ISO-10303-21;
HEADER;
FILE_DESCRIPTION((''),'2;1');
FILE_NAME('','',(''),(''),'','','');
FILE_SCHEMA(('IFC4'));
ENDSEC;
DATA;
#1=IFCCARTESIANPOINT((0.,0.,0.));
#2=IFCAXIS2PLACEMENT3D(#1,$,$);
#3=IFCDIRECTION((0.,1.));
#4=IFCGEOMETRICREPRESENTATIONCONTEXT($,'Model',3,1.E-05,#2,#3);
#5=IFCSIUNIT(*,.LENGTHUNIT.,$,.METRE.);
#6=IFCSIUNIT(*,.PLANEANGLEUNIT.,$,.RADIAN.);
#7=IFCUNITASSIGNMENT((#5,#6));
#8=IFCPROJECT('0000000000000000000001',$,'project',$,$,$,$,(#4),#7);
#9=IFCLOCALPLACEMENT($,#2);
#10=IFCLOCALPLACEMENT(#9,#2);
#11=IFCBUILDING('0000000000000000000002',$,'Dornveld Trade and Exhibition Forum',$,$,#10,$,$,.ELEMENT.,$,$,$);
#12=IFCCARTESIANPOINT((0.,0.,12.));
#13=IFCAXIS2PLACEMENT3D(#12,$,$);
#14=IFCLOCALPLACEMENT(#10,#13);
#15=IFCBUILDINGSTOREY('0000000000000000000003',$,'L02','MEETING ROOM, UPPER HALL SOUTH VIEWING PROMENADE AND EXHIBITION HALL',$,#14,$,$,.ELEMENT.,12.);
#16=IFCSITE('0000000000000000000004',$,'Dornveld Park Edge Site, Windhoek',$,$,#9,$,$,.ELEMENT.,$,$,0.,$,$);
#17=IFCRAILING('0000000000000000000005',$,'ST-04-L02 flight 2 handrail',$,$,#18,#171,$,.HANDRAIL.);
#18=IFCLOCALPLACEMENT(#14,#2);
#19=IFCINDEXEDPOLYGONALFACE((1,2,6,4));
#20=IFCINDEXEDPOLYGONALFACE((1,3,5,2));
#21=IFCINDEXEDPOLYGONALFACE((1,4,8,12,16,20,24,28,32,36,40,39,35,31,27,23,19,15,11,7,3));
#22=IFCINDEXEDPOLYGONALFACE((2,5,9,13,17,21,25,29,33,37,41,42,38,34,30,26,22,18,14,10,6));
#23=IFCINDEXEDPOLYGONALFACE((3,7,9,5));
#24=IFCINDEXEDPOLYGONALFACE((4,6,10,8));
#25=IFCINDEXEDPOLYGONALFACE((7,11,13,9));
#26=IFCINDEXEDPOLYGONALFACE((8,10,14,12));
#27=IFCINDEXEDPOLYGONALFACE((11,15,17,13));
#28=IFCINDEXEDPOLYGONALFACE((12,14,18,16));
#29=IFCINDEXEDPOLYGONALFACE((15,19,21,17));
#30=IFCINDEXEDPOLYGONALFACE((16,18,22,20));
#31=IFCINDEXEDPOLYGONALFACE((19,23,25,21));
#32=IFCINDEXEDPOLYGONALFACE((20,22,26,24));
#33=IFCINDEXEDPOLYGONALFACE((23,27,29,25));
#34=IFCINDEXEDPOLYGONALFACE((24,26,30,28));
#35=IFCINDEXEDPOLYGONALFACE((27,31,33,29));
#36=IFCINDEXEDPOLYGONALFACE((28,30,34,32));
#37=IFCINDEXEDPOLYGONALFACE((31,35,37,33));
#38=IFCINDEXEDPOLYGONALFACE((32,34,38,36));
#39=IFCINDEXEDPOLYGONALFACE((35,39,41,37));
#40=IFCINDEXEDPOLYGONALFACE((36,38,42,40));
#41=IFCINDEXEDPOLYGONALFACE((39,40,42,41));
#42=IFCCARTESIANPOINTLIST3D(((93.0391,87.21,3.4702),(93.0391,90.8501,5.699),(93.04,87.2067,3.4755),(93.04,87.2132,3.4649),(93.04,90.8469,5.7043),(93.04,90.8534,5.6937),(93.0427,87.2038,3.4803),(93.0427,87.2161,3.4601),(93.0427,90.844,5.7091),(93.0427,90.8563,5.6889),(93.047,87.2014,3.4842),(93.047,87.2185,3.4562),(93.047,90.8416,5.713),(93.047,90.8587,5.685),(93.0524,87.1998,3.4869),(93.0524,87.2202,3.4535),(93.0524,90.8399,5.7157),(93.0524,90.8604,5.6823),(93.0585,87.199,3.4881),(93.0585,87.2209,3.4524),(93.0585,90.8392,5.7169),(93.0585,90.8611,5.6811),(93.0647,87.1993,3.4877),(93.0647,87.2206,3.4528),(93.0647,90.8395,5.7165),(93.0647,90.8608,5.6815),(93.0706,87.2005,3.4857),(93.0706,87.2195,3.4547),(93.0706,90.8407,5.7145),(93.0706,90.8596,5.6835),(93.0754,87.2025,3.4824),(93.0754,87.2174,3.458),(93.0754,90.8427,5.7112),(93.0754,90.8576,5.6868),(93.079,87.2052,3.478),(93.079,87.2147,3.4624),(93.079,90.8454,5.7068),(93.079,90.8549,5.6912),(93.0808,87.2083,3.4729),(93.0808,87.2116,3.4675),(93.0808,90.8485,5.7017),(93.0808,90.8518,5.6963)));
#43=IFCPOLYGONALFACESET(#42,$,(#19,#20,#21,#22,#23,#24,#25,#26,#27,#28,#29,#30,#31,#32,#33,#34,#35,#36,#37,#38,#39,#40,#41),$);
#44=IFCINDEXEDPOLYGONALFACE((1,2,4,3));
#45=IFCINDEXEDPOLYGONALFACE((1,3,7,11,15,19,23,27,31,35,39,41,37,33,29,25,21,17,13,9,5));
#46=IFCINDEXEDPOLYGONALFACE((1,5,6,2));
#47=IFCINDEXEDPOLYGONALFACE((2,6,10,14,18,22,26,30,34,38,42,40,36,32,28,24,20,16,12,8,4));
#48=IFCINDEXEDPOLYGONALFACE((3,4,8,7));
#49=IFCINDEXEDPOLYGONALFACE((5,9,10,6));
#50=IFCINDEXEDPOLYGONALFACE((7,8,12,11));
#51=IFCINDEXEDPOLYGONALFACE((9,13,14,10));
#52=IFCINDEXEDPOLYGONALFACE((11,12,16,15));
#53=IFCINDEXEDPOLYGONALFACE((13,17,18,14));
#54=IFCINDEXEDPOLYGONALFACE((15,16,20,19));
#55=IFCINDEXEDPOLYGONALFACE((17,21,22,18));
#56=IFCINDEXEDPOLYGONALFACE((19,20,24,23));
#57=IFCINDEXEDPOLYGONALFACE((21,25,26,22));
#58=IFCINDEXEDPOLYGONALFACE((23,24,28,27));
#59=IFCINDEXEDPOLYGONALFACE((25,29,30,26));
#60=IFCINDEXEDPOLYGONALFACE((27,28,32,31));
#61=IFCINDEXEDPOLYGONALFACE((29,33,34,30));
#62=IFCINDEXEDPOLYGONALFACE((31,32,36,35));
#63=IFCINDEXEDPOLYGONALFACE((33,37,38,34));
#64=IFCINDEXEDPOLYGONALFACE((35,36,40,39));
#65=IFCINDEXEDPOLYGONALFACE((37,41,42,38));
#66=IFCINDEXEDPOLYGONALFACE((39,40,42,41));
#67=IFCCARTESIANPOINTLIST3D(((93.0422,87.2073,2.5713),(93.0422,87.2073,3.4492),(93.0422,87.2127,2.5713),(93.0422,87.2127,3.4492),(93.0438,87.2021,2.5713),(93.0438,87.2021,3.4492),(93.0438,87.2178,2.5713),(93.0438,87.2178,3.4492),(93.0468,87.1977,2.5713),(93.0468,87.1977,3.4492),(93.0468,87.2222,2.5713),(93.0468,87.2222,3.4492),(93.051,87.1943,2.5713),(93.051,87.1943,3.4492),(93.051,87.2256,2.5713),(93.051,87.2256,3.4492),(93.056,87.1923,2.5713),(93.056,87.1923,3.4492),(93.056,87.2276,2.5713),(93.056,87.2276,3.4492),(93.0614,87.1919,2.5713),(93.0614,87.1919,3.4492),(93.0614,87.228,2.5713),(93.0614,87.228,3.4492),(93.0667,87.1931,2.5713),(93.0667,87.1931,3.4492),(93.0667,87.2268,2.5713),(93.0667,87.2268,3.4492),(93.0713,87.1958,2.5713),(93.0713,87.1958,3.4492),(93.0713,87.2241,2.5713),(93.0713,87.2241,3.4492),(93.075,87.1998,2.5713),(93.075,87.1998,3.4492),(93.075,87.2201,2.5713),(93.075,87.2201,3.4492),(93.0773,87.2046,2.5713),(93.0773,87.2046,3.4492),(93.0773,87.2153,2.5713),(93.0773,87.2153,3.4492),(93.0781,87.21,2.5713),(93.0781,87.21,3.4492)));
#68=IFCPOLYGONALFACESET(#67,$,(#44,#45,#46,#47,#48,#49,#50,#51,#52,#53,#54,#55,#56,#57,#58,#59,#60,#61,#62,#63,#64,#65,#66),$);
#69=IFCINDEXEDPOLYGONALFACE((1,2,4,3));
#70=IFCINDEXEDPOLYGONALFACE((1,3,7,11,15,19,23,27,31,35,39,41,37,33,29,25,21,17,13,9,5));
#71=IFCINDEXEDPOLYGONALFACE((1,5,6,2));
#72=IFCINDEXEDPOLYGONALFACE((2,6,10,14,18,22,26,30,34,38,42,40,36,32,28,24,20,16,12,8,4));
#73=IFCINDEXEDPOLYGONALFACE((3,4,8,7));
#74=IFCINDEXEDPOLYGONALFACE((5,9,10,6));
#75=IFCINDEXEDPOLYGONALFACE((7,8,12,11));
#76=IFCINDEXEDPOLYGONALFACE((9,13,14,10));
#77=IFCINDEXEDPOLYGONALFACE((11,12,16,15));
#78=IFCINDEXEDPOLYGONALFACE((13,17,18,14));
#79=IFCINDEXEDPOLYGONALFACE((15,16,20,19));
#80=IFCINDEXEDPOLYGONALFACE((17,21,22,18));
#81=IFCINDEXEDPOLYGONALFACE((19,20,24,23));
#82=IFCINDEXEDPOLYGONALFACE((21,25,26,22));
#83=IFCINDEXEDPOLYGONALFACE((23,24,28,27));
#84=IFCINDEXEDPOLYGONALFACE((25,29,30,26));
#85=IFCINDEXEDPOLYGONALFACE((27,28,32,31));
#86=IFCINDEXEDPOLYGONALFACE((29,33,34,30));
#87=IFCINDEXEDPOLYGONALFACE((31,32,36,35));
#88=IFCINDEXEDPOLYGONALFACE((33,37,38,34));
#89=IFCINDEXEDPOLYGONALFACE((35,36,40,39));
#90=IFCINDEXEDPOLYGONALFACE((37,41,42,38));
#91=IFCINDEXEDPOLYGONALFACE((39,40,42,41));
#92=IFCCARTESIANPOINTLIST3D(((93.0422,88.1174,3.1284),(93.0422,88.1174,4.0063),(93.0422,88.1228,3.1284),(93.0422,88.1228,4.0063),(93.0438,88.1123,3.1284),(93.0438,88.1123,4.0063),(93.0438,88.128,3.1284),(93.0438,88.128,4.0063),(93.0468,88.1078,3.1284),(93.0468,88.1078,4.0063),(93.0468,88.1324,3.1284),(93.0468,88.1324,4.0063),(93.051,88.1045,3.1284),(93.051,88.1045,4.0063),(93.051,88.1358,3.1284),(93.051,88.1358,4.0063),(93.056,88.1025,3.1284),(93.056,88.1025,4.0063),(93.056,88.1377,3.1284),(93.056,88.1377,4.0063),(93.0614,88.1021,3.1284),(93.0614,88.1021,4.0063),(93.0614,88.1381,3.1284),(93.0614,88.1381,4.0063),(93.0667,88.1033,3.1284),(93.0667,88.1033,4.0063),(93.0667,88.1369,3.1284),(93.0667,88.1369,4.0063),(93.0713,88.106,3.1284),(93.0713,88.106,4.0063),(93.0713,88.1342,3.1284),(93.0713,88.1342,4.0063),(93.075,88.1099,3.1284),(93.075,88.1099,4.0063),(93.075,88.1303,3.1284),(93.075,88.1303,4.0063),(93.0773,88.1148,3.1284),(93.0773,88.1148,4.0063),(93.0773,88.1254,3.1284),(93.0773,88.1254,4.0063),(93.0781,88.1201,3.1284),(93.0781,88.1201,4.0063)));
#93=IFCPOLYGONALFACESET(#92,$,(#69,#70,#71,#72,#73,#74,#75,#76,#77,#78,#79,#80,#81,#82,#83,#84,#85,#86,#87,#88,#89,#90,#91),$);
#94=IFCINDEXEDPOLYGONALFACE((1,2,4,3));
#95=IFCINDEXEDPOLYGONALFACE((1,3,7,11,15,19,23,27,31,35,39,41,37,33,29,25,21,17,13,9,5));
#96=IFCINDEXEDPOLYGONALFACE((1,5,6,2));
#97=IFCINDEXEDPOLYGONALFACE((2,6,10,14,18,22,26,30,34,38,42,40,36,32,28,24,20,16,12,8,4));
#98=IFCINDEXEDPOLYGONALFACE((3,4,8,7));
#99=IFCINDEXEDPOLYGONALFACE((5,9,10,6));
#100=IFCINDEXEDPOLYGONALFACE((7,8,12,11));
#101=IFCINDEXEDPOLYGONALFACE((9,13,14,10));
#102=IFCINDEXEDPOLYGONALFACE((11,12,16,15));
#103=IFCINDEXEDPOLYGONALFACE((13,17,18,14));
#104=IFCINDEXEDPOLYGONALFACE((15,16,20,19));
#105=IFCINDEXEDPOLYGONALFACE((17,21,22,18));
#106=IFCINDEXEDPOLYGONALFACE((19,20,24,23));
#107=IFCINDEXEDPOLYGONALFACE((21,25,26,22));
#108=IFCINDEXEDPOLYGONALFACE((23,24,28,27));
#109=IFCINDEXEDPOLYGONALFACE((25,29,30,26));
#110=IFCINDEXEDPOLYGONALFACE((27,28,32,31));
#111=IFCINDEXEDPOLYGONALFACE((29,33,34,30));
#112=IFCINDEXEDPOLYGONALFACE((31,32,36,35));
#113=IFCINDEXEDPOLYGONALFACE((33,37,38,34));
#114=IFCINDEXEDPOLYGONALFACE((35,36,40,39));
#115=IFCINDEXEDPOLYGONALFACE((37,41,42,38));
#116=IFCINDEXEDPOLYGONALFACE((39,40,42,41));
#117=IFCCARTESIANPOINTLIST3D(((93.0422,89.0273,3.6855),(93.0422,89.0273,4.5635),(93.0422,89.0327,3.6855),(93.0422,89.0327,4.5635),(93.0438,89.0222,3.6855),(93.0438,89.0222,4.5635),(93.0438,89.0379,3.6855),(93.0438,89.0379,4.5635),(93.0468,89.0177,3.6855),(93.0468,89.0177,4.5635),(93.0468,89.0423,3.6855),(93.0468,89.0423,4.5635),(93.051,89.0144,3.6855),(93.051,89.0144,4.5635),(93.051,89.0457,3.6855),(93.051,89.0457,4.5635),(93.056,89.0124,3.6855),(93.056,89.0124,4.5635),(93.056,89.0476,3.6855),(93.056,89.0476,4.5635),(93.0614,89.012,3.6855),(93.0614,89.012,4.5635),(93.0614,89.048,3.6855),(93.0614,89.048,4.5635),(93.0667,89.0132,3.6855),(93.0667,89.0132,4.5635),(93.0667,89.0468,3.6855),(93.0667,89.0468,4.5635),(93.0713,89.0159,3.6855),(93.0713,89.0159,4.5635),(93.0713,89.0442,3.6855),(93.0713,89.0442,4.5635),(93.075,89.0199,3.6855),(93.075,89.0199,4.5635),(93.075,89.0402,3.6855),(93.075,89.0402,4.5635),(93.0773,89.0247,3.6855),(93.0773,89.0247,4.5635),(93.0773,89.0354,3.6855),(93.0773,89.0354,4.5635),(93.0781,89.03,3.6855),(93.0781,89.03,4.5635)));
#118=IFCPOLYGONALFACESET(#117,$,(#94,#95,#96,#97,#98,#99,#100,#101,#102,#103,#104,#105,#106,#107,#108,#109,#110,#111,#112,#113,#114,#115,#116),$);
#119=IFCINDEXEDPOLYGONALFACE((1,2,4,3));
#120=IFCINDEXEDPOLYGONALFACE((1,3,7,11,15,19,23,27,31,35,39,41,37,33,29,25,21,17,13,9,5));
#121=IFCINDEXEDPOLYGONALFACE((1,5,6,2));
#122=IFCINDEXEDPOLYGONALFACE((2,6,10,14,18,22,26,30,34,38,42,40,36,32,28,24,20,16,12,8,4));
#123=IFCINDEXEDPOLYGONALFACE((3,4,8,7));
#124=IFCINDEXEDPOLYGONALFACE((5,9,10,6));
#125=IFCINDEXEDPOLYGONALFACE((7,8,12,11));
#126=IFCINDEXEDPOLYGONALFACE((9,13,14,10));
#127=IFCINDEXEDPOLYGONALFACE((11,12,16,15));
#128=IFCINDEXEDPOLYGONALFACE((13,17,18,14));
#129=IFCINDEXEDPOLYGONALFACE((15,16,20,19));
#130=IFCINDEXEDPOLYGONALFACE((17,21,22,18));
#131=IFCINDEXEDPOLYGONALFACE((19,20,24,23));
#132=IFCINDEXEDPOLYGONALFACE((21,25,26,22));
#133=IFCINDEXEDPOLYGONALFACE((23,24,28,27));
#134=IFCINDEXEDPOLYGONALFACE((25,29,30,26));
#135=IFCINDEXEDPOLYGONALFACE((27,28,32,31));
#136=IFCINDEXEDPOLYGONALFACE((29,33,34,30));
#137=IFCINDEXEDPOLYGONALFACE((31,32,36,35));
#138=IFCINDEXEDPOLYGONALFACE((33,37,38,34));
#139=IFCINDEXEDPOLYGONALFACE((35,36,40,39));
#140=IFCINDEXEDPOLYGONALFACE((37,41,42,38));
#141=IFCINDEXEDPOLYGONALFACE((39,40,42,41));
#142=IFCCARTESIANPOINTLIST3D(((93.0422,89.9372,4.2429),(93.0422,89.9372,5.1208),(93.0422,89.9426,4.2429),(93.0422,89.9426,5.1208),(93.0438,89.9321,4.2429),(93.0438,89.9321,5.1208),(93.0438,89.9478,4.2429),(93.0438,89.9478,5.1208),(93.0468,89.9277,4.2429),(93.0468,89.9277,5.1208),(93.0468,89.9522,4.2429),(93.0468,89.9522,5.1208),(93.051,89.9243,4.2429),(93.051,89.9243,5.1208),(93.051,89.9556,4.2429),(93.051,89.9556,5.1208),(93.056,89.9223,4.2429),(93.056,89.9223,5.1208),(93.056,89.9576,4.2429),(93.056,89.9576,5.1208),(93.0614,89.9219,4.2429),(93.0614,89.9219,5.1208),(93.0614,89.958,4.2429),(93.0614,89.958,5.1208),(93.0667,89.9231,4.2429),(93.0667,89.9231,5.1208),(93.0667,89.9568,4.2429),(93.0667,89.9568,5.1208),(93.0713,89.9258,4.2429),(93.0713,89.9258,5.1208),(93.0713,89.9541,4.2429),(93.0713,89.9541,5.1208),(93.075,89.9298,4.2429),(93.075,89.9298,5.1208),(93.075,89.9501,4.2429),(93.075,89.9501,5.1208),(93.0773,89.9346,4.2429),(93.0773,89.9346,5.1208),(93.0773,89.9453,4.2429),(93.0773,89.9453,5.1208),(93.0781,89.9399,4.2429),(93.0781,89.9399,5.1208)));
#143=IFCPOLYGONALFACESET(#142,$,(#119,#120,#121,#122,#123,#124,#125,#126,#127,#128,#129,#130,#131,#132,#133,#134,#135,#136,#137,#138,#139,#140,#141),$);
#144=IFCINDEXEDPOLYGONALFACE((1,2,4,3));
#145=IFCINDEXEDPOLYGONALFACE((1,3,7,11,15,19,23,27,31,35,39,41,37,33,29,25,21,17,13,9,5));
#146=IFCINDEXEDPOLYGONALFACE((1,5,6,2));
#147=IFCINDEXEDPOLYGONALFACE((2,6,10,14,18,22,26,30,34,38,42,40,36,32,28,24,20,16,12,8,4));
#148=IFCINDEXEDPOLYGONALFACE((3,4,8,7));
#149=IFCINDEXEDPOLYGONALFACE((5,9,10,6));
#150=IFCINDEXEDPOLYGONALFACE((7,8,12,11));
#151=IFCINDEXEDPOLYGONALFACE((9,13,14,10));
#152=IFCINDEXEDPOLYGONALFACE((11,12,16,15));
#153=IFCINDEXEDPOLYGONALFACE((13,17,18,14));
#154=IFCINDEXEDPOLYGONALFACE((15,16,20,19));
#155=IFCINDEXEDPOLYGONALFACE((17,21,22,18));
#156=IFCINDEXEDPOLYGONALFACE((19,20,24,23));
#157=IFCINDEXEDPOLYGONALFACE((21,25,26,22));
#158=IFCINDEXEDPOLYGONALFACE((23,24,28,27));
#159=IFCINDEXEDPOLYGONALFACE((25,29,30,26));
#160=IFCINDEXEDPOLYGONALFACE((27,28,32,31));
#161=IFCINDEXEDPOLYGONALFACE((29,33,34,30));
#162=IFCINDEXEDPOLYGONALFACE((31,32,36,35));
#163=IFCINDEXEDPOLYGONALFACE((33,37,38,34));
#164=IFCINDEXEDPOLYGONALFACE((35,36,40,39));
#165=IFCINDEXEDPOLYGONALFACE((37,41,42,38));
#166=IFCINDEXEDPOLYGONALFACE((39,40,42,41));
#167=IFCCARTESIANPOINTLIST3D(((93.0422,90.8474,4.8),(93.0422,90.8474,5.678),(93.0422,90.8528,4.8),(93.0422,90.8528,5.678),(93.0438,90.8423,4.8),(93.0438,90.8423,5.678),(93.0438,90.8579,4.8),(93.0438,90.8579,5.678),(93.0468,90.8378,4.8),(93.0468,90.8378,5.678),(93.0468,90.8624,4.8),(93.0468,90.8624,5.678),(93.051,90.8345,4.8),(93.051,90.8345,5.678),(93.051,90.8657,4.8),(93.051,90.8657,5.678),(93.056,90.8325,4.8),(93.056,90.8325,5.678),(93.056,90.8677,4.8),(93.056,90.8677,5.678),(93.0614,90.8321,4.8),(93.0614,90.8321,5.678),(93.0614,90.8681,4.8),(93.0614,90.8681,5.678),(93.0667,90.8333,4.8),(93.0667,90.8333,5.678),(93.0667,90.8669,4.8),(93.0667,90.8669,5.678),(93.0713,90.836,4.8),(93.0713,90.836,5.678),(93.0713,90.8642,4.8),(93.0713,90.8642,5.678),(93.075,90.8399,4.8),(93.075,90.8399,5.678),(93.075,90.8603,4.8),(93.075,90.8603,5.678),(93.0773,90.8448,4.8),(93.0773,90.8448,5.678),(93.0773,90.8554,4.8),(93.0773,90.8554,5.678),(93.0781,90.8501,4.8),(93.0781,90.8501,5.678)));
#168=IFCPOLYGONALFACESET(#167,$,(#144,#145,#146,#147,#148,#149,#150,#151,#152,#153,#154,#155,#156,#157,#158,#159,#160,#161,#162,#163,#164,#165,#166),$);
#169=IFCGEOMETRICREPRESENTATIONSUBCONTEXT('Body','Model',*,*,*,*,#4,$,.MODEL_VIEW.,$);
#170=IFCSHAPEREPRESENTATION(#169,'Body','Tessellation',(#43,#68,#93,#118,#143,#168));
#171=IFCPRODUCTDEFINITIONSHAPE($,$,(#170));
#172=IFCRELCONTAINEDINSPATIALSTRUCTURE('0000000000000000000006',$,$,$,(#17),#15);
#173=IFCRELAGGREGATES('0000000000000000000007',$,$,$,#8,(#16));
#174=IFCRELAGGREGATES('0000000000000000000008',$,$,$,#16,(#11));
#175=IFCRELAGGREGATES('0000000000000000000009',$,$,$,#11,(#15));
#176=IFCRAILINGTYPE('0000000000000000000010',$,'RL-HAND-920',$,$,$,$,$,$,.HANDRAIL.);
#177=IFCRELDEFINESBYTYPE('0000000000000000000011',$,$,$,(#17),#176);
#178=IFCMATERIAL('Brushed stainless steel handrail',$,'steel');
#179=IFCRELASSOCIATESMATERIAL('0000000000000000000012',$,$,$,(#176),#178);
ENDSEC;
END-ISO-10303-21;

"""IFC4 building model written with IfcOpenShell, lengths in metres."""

from ifc_helpers import new_model, si_unit, direction, frame, origin, origin_2d, place, context, subcontext, project, spatial, circle, extrude, material, type_object, element, save


model = new_model("IFC4")

# Units and contexts
model_context = context("Model", 3, precision=1e-05, world=origin(), true_north=direction((0.0, 1.0)))
body_context = subcontext(model_context, "Body", "Model", "MODEL_VIEW")
ifc_project = project(units=[si_unit("LENGTHUNIT", "METRE"), si_unit("PLANEANGLEUNIT", "RADIAN")], contexts=[model_context])

# Site, building, storey
site_placement = place(None, origin())
site = spatial("IfcSite", under=ifc_project, at=site_placement, Name="Dornveld Park Edge Site, Windhoek", CompositionType="ELEMENT", RefElevation=0.0)
building_placement = place(site_placement, origin())
building = spatial("IfcBuilding", under=site, at=building_placement, Name="Dornveld Trade and Exhibition Forum", CompositionType="ELEMENT")
storey_placement = place(building_placement, frame((0.0, 0.0, 12.0)))
storey = spatial("IfcBuildingStorey", under=building, at=storey_placement, Name="L02", Description="MEETING ROOM, UPPER HALL SOUTH VIEWING PROMENADE AND EXHIBITION HALL", CompositionType="ELEMENT", Elevation=12.0)

# Railing
ifc_material_1 = material(Name="Brushed stainless steel handrail", Category="steel")
railing_type_1 = type_object("IfcRailingType", Name="RL-HAND-920", PredefinedType="HANDRAIL", material=ifc_material_1)
railing_1_placement = place(storey_placement, frame((93.0601, 87.21, 2.5713)))
element("IfcRailing", 1, at=railing_1_placement, inside=storey, type_object=railing_type_1, Name="ST-04-L02 flight 2 handrail", PredefinedType="HANDRAIL", context=body_context, shape_type="SweptSolid", body=[
    extrude(circle(Radius=0.021, at=origin_2d()), frame((0.0, 0.0, 0.8989), z_axis=(0.0, 0.85284, 0.522172), x_axis=(-1.0, 0.0, 0.0)), (0.0, 0.0, 1.0), 4.2683),
    extrude(circle(Radius=0.0181, at=origin_2d()), origin(), (0.0, 0.0, 1.0), 0.8779),
    extrude(circle(Radius=0.0181, at=origin_2d()), frame((0.0, 0.9102, 0.5571)), (0.0, 0.0, 1.0), 0.8779),
    extrude(circle(Radius=0.0181, at=origin_2d()), frame((0.0, 1.8201, 1.1143)), (0.0, 0.0, 1.0), 0.8779),
    extrude(circle(Radius=0.0181, at=origin_2d()), frame((0.0, 2.73, 1.6716)), (0.0, 0.0, 1.0), 0.8779),
    extrude(circle(Radius=0.0181, at=origin_2d()), frame((0.0, 3.6401, 2.2288)), (0.0, 0.0, 1.0), 0.8779),
])

save(model, "model.ifc")
